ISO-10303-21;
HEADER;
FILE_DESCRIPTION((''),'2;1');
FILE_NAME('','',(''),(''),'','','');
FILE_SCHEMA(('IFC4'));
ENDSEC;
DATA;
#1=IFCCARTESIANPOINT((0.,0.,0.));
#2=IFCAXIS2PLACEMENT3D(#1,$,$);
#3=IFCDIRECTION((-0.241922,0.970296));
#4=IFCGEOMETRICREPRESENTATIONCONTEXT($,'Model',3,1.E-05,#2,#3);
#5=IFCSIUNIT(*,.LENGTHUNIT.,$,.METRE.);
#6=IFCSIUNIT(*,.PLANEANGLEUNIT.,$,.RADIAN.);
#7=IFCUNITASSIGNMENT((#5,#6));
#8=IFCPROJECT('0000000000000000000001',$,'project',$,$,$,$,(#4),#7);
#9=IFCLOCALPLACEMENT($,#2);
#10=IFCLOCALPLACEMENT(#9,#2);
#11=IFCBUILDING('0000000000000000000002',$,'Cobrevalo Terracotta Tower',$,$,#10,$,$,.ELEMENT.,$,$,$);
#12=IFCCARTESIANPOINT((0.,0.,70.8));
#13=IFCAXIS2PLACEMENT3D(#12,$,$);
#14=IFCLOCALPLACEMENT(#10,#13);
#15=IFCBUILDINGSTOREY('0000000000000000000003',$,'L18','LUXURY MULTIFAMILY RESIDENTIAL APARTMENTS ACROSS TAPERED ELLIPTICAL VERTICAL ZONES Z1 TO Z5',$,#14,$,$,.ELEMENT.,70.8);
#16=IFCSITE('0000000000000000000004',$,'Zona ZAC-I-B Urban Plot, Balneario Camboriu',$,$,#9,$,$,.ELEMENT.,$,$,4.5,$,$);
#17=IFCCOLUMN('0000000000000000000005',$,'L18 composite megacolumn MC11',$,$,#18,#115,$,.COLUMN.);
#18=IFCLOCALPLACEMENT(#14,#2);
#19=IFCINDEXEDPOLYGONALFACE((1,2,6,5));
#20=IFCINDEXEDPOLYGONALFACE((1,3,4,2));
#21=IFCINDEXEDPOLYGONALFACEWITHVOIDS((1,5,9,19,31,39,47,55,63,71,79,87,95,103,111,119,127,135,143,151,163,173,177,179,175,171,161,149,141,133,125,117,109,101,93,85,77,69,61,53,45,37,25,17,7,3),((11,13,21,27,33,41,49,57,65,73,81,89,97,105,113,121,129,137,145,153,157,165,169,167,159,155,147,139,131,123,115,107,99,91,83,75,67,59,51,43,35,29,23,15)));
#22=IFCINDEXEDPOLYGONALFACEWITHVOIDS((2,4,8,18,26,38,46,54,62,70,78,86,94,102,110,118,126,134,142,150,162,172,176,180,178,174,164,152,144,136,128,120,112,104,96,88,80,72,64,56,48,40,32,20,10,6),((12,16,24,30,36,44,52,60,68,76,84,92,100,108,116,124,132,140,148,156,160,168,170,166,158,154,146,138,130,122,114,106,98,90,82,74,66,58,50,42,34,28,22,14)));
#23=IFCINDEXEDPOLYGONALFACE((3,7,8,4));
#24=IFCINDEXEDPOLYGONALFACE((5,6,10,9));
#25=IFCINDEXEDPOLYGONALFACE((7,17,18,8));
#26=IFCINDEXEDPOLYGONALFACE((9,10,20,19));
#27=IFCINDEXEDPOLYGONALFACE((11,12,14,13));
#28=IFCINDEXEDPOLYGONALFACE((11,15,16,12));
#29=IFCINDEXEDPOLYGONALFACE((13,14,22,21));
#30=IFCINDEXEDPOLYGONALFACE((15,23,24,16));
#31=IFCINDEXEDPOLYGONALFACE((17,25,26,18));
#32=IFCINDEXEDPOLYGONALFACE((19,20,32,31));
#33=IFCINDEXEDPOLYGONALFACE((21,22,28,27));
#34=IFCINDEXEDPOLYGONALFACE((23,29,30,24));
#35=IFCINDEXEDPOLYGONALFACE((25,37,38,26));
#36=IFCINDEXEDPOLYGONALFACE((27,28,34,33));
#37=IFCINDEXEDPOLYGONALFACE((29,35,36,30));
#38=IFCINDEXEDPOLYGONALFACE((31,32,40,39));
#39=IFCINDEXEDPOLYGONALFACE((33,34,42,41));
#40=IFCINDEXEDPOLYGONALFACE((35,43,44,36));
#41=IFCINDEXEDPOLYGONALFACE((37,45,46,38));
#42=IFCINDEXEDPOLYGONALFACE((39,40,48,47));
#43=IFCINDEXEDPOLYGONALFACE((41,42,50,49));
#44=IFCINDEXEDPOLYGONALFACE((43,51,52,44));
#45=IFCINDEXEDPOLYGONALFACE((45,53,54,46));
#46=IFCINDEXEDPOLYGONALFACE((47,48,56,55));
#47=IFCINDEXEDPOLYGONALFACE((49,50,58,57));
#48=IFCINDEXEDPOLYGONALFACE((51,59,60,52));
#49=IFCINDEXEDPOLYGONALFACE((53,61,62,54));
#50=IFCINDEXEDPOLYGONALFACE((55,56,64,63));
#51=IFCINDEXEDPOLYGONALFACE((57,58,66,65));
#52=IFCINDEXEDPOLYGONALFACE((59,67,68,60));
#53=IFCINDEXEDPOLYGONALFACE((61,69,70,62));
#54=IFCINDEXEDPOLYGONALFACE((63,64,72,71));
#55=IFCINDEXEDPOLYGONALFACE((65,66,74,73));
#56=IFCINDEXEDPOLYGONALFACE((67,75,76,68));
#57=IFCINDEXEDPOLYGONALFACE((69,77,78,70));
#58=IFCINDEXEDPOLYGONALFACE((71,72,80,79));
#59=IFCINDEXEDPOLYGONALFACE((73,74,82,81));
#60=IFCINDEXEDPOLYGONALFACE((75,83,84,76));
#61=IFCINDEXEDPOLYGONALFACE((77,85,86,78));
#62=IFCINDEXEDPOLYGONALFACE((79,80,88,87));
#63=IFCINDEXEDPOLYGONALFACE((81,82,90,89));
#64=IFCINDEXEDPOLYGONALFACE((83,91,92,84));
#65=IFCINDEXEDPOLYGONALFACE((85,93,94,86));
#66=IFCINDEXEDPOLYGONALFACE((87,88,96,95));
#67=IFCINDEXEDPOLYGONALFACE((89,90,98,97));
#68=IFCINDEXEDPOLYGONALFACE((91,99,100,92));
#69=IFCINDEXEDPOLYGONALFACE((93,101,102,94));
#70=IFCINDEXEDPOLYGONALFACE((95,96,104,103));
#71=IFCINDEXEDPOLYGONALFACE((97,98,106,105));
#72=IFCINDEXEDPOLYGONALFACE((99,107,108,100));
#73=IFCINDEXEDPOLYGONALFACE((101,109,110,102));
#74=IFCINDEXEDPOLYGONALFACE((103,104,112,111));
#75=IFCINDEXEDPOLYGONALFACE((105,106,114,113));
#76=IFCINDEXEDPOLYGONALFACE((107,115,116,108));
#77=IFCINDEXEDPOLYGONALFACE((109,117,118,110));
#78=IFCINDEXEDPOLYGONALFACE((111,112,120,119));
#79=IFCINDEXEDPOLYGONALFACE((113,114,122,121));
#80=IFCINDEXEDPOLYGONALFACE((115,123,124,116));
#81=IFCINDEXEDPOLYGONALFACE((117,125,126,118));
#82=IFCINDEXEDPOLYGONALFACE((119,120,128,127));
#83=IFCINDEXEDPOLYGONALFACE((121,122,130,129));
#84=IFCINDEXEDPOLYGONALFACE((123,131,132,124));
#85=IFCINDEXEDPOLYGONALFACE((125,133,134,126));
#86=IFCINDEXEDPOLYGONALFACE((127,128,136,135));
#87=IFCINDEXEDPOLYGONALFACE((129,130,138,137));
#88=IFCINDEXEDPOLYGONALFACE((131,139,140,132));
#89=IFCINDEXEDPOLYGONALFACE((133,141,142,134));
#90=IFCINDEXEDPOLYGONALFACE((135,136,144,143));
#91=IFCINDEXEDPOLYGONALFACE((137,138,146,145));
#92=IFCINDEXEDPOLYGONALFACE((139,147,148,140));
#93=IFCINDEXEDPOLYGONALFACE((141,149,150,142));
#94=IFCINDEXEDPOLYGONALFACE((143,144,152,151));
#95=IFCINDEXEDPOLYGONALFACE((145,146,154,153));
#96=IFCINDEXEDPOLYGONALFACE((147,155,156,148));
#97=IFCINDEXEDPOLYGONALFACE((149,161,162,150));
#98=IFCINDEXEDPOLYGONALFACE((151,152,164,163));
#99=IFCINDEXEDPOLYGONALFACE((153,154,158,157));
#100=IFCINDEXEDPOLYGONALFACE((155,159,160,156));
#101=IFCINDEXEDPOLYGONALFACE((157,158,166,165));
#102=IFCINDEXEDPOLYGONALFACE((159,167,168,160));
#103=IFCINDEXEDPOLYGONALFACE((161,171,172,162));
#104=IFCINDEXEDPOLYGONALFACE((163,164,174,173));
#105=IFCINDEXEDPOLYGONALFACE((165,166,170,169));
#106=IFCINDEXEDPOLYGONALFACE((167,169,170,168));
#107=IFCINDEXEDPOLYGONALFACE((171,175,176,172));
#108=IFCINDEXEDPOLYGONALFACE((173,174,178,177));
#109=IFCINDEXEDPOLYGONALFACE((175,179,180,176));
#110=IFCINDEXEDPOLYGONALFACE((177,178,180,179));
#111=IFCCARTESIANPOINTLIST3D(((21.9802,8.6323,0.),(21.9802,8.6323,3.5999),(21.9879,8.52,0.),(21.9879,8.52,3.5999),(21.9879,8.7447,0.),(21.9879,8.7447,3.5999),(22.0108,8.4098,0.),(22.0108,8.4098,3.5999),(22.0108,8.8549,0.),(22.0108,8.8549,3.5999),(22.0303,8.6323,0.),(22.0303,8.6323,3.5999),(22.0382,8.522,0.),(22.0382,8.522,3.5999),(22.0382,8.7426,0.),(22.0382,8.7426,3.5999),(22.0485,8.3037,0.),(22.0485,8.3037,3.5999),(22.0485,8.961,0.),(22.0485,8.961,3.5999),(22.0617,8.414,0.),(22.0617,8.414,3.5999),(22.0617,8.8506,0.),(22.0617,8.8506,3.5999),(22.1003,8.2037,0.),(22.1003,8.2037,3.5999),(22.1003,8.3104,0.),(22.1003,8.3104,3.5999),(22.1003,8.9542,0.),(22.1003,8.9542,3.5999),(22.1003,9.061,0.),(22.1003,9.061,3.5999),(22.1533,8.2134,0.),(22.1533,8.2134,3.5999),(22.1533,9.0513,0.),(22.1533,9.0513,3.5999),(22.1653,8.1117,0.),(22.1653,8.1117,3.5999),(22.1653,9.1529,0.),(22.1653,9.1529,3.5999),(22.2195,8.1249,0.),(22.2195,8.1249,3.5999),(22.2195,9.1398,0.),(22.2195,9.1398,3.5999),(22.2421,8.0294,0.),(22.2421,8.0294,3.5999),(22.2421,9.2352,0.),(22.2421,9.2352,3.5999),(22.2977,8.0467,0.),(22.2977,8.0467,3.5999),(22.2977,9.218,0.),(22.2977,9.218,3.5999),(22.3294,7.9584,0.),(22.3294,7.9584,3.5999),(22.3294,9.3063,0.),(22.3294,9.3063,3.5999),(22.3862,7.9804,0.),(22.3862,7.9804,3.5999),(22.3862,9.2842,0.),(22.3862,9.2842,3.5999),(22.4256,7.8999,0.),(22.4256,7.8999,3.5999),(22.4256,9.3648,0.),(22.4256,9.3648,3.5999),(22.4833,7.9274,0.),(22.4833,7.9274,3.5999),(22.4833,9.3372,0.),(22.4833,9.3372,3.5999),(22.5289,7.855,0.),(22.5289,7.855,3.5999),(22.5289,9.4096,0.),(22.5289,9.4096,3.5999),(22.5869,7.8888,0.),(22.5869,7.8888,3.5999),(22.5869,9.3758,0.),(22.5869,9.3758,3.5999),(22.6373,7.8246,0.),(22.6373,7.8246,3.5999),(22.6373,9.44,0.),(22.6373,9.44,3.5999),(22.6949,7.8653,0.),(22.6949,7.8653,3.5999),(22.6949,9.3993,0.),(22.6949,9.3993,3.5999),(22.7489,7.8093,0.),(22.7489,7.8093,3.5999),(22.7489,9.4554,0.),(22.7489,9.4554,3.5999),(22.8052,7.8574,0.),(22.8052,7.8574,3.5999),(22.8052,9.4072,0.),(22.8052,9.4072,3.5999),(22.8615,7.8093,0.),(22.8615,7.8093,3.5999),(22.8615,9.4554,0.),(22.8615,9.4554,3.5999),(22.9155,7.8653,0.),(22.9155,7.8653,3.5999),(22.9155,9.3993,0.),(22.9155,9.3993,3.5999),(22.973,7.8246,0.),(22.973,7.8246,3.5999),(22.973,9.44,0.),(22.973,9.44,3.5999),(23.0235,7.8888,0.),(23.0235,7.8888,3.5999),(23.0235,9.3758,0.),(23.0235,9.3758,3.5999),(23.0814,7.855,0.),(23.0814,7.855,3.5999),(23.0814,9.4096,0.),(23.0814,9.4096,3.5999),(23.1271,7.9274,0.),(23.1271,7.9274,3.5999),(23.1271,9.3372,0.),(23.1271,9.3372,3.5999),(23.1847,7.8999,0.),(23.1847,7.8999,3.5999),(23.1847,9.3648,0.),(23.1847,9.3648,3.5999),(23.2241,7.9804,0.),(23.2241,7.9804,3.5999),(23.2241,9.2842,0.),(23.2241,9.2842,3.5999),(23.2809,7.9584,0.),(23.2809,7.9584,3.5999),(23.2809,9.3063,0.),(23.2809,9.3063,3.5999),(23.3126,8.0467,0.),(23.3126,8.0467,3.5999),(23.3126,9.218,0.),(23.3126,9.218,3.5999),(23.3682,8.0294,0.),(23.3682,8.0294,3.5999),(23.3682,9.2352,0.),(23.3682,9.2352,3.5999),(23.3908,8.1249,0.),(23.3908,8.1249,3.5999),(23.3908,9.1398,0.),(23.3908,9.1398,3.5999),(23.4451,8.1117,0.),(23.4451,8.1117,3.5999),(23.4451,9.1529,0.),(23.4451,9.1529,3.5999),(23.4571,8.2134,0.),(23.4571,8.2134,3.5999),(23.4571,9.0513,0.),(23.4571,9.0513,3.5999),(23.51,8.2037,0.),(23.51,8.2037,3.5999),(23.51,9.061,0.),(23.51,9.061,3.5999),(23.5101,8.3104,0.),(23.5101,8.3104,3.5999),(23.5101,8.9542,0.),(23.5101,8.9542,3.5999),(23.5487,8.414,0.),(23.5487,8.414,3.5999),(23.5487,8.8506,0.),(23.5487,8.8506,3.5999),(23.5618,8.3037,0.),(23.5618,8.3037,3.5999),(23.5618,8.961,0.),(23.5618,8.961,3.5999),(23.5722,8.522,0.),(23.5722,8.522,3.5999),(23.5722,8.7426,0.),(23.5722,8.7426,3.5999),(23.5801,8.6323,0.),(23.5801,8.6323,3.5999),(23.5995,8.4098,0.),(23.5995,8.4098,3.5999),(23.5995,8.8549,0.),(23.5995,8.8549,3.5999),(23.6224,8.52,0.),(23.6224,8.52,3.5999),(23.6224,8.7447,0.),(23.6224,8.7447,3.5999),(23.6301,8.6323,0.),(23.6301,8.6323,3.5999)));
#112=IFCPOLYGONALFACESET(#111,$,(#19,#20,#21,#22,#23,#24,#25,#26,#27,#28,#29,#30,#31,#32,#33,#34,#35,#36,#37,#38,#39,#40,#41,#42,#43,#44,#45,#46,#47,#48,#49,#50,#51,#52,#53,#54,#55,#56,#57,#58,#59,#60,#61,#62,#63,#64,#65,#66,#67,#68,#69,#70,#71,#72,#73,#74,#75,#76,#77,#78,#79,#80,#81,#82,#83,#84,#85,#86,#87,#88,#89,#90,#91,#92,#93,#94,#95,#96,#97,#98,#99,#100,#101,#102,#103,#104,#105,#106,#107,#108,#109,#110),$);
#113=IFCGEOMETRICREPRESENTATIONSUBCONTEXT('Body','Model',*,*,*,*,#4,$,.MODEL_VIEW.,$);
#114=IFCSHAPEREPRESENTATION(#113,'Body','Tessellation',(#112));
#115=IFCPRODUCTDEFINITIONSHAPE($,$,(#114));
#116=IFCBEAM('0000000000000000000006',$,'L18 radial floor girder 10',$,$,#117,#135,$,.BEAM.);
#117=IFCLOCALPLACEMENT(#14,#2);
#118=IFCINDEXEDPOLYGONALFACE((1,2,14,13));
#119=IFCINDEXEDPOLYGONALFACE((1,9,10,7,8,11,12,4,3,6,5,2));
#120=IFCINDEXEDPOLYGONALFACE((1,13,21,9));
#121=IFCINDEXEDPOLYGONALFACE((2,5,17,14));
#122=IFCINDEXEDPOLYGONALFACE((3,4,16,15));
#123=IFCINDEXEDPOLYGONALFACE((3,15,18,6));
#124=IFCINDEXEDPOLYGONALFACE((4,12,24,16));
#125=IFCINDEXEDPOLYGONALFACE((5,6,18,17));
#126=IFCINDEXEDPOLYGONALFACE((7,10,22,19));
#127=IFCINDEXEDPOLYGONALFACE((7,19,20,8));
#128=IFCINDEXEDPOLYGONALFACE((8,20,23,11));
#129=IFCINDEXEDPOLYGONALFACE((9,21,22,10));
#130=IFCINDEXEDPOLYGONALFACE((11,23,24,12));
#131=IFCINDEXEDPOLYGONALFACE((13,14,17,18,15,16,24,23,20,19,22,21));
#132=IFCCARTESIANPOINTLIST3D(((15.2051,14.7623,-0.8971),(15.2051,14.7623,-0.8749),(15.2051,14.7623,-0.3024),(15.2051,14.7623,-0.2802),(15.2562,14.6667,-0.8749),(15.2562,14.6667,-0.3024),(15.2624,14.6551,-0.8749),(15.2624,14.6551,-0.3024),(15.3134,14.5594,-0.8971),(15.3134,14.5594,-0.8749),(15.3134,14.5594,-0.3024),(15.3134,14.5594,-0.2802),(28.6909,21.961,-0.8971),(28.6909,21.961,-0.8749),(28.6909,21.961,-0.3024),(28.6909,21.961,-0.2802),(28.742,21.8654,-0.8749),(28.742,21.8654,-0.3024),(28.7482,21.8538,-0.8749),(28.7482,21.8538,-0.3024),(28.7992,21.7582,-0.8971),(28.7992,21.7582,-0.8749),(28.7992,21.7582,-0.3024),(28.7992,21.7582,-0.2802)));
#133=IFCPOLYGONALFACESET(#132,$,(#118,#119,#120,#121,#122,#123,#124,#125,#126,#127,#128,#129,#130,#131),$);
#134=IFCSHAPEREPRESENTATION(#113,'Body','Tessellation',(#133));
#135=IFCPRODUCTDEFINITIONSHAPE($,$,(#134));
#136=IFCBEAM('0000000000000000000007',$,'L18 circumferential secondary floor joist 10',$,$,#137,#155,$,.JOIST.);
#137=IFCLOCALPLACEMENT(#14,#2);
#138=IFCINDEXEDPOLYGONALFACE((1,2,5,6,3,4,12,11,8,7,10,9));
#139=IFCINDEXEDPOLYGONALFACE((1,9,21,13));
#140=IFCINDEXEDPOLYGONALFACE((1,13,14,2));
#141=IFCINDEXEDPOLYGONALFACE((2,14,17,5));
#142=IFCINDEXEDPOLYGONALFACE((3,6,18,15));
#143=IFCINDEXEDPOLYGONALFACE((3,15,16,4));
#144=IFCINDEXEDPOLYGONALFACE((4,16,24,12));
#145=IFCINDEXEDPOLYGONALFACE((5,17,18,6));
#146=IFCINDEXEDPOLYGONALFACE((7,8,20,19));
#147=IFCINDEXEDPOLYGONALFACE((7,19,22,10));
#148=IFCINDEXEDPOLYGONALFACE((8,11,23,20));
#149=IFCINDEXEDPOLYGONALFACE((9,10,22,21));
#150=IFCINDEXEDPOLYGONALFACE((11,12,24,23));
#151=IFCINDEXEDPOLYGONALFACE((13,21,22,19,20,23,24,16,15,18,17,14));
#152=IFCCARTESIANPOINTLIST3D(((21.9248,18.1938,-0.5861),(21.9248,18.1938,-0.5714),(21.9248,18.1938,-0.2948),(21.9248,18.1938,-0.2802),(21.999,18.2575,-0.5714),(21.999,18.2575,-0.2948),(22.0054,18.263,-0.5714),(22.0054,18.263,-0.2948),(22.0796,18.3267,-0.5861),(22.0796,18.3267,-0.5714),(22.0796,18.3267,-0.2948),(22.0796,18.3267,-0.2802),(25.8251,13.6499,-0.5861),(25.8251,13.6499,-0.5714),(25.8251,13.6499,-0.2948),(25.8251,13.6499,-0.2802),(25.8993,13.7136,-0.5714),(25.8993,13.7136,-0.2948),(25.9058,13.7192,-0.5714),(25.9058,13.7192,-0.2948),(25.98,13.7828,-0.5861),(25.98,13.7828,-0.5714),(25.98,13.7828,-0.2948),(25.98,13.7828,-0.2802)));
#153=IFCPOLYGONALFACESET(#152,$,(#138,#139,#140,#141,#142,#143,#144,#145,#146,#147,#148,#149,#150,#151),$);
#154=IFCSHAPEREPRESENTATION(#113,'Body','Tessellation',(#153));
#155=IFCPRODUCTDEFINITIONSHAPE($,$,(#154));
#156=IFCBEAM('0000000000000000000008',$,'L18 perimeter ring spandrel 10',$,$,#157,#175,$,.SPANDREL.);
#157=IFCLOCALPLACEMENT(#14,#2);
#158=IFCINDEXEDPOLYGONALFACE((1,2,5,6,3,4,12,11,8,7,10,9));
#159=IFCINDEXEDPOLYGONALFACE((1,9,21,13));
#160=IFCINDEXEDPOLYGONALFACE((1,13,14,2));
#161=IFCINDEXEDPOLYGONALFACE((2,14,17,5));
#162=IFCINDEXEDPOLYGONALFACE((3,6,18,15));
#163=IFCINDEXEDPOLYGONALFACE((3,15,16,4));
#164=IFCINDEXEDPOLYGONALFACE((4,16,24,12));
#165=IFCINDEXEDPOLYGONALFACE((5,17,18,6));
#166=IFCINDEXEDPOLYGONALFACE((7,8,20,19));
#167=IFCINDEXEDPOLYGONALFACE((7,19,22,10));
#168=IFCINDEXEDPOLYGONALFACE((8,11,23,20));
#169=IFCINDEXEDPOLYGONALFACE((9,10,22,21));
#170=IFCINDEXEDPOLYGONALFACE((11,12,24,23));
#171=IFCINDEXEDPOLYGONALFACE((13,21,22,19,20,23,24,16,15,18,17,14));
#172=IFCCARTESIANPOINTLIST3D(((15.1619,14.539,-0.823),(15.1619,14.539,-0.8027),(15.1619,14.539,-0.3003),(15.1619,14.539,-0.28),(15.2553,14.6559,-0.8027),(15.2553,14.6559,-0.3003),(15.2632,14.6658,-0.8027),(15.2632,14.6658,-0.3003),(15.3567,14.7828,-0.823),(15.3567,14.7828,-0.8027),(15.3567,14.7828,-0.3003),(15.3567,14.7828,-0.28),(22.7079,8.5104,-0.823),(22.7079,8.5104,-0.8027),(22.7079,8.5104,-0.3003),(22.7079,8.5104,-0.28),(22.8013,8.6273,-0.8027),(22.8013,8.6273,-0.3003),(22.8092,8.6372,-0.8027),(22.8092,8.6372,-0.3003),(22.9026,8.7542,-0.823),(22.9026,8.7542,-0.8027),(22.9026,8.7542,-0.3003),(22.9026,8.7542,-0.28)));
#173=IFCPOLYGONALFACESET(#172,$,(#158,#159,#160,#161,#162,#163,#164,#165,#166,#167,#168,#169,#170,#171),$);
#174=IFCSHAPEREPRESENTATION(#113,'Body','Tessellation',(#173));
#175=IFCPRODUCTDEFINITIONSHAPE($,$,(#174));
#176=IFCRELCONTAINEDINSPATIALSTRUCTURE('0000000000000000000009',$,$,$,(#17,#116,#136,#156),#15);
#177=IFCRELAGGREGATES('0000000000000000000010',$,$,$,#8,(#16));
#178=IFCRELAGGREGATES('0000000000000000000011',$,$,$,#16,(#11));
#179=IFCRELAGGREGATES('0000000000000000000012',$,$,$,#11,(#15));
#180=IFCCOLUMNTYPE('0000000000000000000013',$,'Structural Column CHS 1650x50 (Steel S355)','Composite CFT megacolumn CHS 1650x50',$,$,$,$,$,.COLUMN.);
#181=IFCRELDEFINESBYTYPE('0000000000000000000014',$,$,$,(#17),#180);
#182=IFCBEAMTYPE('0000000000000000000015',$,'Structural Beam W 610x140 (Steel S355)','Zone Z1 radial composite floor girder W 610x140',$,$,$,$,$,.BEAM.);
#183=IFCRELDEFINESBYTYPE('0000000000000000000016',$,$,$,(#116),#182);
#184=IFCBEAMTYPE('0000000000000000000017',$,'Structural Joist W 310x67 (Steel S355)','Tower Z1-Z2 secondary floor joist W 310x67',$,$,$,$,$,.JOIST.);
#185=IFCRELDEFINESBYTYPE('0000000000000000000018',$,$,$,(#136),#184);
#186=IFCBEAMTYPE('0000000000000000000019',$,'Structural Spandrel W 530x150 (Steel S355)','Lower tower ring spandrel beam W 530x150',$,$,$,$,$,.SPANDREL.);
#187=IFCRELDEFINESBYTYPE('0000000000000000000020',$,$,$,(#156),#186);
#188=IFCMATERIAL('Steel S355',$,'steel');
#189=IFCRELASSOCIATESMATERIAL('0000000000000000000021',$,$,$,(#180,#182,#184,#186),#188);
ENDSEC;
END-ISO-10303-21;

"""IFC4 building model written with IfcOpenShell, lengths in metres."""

from ifc_helpers import new_model, si_unit, direction, frame, origin, origin_2d, place, context, subcontext, project, spatial, hollow_circle, i_section, extrude, material, material_profile, profile_set, type_object, element, save


model = new_model("IFC4")

# Units and contexts
model_context = context("Model", 3, precision=1e-05, world=origin(), true_north=direction((-0.241922, 0.970296)))
body_context = subcontext(model_context, "Body", "Model", "MODEL_VIEW")
ifc_project = project(units=[si_unit("LENGTHUNIT", "METRE"), si_unit("PLANEANGLEUNIT", "RADIAN")], contexts=[model_context])

# Site, building, storey
site_placement = place(None, origin())
site = spatial("IfcSite", under=ifc_project, at=site_placement, Name="Zona ZAC-I-B Urban Plot, Balneario Camboriu", CompositionType="ELEMENT", RefElevation=4.5)
building_placement = place(site_placement, origin())
building = spatial("IfcBuilding", under=site, at=building_placement, Name="Cobrevalo Terracotta Tower", CompositionType="ELEMENT")
storey_placement = place(building_placement, frame((0.0, 0.0, 70.8)))
storey = spatial("IfcBuildingStorey", under=building, at=storey_placement, Name="L18", Description="LUXURY MULTIFAMILY RESIDENTIAL APARTMENTS ACROSS TAPERED ELLIPTICAL VERTICAL ZONES Z1 TO Z5", CompositionType="ELEMENT", Elevation=70.8)

# Column
ifc_material_1 = material(Name="Steel S355", Category="steel")
ifc_material_profile_1 = material_profile(ifc_material_1, hollow_circle(Radius=0.825, WallThickness=0.05, at=origin_2d()), Name="CHS 1650x50")
ifc_profile_set_1 = profile_set([ifc_material_profile_1], Name="Steel S355")
column_type = type_object("IfcColumnType", Name="Structural Column CHS 1650x50 (Steel S355)", Description="Composite CFT megacolumn CHS 1650x50", PredefinedType="COLUMN", material=ifc_profile_set_1)
for number, where, z_axis, x_axis, name in (
    (1, (22.8052, 8.6323, 0.0), (0.0, 0.0, 1.0), (1.0, 0.0, 0.0), "L18 composite megacolumn MC11"),
):
    element("IfcColumn", number, at=place(storey_placement, frame(where, z_axis=z_axis, x_axis=x_axis)), inside=storey, type_object=column_type, Name=name, PredefinedType="COLUMN", context=body_context, shape_type="SweptSolid", body=[
        extrude(hollow_circle(Radius=0.825, WallThickness=0.05, at=origin_2d()), origin(), (0.0, 0.0, 1.0), 3.5999),
    ])

# Beams
ifc_material_profile_2 = material_profile(ifc_material_1, i_section(OverallWidth=0.23, OverallDepth=0.6169, WebThickness=0.0132, FlangeThickness=0.0222, at=origin_2d()), Name="W 610x140")
ifc_profile_set_2 = profile_set([ifc_material_profile_2], Name="Steel S355")
beam_type_1 = type_object("IfcBeamType", Name="Structural Beam W 610x140 (Steel S355)", Description="Zone Z1 radial composite floor girder W 610x140", PredefinedType="BEAM", material=ifc_profile_set_2)
beam_1_placement = place(storey_placement, frame((15.2593, 14.6609, -0.5886), z_axis=(0.882182, 0.470908, 0.0), x_axis=(-0.470908, 0.882182, 0.0)))
element("IfcBeam", 2, at=beam_1_placement, inside=storey, type_object=beam_type_1, Name="L18 radial floor girder 10", PredefinedType="BEAM", context=body_context, shape_type="SweptSolid", body=[
    extrude(i_section(OverallWidth=0.23, OverallDepth=0.6169, WebThickness=0.0132, FlangeThickness=0.0222, at=origin_2d()), origin(), (0.0, 0.0, 1.0), 15.2869),
])
ifc_material_profile_3 = material_profile(ifc_material_1, i_section(OverallWidth=0.2041, OverallDepth=0.3059, WebThickness=0.0085, FlangeThickness=0.0146, at=origin_2d()), Name="W 310x67")
ifc_profile_set_3 = profile_set([ifc_material_profile_3], Name="Steel S355")
beam_type_2 = type_object("IfcBeamType", Name="Structural Joist W 310x67 (Steel S355)", Description="Tower Z1-Z2 secondary floor joist W 310x67", PredefinedType="JOIST", material=ifc_profile_set_3)
beam_2_placement = place(storey_placement, frame((22.0022, 18.2603, -0.4331), z_axis=(0.651328, -0.758796, 0.0), x_axis=(0.758796, 0.651328, 0.0)))
element("IfcBeam", 3, at=beam_2_placement, inside=storey, type_object=beam_type_2, Name="L18 circumferential secondary floor joist 10", PredefinedType="JOIST", context=body_context, shape_type="SweptSolid", body=[
    extrude(i_section(OverallWidth=0.2041, OverallDepth=0.3059, WebThickness=0.0085, FlangeThickness=0.0146, at=origin_2d()), origin(), (0.0, 0.0, 1.0), 5.9883),
])
ifc_material_profile_4 = material_profile(ifc_material_1, i_section(OverallWidth=0.312, OverallDepth=0.543, WebThickness=0.0127, FlangeThickness=0.0203, at=origin_2d()), Name="W 530x150")
ifc_profile_set_4 = profile_set([ifc_material_profile_4], Name="Steel S355")
beam_type_3 = type_object("IfcBeamType", Name="Structural Spandrel W 530x150 (Steel S355)", Description="Lower tower ring spandrel beam W 530x150", PredefinedType="SPANDREL", material=ifc_profile_set_4)
beam_3_placement = place(storey_placement, frame((15.2593, 14.6609, -0.5515), z_axis=(0.78128, -0.62418, 0.0), x_axis=(0.62418, 0.78128, 0.0)))
element("IfcBeam", 4, at=beam_3_placement, inside=storey, type_object=beam_type_3, Name="L18 perimeter ring spandrel 10", PredefinedType="SPANDREL", context=body_context, shape_type="SweptSolid", body=[
    extrude(i_section(OverallWidth=0.312, OverallDepth=0.543, WebThickness=0.0127, FlangeThickness=0.0203, at=origin_2d()), origin(), (0.0, 0.0, 1.0), 9.6584),
])

save(model, "model.ifc")
